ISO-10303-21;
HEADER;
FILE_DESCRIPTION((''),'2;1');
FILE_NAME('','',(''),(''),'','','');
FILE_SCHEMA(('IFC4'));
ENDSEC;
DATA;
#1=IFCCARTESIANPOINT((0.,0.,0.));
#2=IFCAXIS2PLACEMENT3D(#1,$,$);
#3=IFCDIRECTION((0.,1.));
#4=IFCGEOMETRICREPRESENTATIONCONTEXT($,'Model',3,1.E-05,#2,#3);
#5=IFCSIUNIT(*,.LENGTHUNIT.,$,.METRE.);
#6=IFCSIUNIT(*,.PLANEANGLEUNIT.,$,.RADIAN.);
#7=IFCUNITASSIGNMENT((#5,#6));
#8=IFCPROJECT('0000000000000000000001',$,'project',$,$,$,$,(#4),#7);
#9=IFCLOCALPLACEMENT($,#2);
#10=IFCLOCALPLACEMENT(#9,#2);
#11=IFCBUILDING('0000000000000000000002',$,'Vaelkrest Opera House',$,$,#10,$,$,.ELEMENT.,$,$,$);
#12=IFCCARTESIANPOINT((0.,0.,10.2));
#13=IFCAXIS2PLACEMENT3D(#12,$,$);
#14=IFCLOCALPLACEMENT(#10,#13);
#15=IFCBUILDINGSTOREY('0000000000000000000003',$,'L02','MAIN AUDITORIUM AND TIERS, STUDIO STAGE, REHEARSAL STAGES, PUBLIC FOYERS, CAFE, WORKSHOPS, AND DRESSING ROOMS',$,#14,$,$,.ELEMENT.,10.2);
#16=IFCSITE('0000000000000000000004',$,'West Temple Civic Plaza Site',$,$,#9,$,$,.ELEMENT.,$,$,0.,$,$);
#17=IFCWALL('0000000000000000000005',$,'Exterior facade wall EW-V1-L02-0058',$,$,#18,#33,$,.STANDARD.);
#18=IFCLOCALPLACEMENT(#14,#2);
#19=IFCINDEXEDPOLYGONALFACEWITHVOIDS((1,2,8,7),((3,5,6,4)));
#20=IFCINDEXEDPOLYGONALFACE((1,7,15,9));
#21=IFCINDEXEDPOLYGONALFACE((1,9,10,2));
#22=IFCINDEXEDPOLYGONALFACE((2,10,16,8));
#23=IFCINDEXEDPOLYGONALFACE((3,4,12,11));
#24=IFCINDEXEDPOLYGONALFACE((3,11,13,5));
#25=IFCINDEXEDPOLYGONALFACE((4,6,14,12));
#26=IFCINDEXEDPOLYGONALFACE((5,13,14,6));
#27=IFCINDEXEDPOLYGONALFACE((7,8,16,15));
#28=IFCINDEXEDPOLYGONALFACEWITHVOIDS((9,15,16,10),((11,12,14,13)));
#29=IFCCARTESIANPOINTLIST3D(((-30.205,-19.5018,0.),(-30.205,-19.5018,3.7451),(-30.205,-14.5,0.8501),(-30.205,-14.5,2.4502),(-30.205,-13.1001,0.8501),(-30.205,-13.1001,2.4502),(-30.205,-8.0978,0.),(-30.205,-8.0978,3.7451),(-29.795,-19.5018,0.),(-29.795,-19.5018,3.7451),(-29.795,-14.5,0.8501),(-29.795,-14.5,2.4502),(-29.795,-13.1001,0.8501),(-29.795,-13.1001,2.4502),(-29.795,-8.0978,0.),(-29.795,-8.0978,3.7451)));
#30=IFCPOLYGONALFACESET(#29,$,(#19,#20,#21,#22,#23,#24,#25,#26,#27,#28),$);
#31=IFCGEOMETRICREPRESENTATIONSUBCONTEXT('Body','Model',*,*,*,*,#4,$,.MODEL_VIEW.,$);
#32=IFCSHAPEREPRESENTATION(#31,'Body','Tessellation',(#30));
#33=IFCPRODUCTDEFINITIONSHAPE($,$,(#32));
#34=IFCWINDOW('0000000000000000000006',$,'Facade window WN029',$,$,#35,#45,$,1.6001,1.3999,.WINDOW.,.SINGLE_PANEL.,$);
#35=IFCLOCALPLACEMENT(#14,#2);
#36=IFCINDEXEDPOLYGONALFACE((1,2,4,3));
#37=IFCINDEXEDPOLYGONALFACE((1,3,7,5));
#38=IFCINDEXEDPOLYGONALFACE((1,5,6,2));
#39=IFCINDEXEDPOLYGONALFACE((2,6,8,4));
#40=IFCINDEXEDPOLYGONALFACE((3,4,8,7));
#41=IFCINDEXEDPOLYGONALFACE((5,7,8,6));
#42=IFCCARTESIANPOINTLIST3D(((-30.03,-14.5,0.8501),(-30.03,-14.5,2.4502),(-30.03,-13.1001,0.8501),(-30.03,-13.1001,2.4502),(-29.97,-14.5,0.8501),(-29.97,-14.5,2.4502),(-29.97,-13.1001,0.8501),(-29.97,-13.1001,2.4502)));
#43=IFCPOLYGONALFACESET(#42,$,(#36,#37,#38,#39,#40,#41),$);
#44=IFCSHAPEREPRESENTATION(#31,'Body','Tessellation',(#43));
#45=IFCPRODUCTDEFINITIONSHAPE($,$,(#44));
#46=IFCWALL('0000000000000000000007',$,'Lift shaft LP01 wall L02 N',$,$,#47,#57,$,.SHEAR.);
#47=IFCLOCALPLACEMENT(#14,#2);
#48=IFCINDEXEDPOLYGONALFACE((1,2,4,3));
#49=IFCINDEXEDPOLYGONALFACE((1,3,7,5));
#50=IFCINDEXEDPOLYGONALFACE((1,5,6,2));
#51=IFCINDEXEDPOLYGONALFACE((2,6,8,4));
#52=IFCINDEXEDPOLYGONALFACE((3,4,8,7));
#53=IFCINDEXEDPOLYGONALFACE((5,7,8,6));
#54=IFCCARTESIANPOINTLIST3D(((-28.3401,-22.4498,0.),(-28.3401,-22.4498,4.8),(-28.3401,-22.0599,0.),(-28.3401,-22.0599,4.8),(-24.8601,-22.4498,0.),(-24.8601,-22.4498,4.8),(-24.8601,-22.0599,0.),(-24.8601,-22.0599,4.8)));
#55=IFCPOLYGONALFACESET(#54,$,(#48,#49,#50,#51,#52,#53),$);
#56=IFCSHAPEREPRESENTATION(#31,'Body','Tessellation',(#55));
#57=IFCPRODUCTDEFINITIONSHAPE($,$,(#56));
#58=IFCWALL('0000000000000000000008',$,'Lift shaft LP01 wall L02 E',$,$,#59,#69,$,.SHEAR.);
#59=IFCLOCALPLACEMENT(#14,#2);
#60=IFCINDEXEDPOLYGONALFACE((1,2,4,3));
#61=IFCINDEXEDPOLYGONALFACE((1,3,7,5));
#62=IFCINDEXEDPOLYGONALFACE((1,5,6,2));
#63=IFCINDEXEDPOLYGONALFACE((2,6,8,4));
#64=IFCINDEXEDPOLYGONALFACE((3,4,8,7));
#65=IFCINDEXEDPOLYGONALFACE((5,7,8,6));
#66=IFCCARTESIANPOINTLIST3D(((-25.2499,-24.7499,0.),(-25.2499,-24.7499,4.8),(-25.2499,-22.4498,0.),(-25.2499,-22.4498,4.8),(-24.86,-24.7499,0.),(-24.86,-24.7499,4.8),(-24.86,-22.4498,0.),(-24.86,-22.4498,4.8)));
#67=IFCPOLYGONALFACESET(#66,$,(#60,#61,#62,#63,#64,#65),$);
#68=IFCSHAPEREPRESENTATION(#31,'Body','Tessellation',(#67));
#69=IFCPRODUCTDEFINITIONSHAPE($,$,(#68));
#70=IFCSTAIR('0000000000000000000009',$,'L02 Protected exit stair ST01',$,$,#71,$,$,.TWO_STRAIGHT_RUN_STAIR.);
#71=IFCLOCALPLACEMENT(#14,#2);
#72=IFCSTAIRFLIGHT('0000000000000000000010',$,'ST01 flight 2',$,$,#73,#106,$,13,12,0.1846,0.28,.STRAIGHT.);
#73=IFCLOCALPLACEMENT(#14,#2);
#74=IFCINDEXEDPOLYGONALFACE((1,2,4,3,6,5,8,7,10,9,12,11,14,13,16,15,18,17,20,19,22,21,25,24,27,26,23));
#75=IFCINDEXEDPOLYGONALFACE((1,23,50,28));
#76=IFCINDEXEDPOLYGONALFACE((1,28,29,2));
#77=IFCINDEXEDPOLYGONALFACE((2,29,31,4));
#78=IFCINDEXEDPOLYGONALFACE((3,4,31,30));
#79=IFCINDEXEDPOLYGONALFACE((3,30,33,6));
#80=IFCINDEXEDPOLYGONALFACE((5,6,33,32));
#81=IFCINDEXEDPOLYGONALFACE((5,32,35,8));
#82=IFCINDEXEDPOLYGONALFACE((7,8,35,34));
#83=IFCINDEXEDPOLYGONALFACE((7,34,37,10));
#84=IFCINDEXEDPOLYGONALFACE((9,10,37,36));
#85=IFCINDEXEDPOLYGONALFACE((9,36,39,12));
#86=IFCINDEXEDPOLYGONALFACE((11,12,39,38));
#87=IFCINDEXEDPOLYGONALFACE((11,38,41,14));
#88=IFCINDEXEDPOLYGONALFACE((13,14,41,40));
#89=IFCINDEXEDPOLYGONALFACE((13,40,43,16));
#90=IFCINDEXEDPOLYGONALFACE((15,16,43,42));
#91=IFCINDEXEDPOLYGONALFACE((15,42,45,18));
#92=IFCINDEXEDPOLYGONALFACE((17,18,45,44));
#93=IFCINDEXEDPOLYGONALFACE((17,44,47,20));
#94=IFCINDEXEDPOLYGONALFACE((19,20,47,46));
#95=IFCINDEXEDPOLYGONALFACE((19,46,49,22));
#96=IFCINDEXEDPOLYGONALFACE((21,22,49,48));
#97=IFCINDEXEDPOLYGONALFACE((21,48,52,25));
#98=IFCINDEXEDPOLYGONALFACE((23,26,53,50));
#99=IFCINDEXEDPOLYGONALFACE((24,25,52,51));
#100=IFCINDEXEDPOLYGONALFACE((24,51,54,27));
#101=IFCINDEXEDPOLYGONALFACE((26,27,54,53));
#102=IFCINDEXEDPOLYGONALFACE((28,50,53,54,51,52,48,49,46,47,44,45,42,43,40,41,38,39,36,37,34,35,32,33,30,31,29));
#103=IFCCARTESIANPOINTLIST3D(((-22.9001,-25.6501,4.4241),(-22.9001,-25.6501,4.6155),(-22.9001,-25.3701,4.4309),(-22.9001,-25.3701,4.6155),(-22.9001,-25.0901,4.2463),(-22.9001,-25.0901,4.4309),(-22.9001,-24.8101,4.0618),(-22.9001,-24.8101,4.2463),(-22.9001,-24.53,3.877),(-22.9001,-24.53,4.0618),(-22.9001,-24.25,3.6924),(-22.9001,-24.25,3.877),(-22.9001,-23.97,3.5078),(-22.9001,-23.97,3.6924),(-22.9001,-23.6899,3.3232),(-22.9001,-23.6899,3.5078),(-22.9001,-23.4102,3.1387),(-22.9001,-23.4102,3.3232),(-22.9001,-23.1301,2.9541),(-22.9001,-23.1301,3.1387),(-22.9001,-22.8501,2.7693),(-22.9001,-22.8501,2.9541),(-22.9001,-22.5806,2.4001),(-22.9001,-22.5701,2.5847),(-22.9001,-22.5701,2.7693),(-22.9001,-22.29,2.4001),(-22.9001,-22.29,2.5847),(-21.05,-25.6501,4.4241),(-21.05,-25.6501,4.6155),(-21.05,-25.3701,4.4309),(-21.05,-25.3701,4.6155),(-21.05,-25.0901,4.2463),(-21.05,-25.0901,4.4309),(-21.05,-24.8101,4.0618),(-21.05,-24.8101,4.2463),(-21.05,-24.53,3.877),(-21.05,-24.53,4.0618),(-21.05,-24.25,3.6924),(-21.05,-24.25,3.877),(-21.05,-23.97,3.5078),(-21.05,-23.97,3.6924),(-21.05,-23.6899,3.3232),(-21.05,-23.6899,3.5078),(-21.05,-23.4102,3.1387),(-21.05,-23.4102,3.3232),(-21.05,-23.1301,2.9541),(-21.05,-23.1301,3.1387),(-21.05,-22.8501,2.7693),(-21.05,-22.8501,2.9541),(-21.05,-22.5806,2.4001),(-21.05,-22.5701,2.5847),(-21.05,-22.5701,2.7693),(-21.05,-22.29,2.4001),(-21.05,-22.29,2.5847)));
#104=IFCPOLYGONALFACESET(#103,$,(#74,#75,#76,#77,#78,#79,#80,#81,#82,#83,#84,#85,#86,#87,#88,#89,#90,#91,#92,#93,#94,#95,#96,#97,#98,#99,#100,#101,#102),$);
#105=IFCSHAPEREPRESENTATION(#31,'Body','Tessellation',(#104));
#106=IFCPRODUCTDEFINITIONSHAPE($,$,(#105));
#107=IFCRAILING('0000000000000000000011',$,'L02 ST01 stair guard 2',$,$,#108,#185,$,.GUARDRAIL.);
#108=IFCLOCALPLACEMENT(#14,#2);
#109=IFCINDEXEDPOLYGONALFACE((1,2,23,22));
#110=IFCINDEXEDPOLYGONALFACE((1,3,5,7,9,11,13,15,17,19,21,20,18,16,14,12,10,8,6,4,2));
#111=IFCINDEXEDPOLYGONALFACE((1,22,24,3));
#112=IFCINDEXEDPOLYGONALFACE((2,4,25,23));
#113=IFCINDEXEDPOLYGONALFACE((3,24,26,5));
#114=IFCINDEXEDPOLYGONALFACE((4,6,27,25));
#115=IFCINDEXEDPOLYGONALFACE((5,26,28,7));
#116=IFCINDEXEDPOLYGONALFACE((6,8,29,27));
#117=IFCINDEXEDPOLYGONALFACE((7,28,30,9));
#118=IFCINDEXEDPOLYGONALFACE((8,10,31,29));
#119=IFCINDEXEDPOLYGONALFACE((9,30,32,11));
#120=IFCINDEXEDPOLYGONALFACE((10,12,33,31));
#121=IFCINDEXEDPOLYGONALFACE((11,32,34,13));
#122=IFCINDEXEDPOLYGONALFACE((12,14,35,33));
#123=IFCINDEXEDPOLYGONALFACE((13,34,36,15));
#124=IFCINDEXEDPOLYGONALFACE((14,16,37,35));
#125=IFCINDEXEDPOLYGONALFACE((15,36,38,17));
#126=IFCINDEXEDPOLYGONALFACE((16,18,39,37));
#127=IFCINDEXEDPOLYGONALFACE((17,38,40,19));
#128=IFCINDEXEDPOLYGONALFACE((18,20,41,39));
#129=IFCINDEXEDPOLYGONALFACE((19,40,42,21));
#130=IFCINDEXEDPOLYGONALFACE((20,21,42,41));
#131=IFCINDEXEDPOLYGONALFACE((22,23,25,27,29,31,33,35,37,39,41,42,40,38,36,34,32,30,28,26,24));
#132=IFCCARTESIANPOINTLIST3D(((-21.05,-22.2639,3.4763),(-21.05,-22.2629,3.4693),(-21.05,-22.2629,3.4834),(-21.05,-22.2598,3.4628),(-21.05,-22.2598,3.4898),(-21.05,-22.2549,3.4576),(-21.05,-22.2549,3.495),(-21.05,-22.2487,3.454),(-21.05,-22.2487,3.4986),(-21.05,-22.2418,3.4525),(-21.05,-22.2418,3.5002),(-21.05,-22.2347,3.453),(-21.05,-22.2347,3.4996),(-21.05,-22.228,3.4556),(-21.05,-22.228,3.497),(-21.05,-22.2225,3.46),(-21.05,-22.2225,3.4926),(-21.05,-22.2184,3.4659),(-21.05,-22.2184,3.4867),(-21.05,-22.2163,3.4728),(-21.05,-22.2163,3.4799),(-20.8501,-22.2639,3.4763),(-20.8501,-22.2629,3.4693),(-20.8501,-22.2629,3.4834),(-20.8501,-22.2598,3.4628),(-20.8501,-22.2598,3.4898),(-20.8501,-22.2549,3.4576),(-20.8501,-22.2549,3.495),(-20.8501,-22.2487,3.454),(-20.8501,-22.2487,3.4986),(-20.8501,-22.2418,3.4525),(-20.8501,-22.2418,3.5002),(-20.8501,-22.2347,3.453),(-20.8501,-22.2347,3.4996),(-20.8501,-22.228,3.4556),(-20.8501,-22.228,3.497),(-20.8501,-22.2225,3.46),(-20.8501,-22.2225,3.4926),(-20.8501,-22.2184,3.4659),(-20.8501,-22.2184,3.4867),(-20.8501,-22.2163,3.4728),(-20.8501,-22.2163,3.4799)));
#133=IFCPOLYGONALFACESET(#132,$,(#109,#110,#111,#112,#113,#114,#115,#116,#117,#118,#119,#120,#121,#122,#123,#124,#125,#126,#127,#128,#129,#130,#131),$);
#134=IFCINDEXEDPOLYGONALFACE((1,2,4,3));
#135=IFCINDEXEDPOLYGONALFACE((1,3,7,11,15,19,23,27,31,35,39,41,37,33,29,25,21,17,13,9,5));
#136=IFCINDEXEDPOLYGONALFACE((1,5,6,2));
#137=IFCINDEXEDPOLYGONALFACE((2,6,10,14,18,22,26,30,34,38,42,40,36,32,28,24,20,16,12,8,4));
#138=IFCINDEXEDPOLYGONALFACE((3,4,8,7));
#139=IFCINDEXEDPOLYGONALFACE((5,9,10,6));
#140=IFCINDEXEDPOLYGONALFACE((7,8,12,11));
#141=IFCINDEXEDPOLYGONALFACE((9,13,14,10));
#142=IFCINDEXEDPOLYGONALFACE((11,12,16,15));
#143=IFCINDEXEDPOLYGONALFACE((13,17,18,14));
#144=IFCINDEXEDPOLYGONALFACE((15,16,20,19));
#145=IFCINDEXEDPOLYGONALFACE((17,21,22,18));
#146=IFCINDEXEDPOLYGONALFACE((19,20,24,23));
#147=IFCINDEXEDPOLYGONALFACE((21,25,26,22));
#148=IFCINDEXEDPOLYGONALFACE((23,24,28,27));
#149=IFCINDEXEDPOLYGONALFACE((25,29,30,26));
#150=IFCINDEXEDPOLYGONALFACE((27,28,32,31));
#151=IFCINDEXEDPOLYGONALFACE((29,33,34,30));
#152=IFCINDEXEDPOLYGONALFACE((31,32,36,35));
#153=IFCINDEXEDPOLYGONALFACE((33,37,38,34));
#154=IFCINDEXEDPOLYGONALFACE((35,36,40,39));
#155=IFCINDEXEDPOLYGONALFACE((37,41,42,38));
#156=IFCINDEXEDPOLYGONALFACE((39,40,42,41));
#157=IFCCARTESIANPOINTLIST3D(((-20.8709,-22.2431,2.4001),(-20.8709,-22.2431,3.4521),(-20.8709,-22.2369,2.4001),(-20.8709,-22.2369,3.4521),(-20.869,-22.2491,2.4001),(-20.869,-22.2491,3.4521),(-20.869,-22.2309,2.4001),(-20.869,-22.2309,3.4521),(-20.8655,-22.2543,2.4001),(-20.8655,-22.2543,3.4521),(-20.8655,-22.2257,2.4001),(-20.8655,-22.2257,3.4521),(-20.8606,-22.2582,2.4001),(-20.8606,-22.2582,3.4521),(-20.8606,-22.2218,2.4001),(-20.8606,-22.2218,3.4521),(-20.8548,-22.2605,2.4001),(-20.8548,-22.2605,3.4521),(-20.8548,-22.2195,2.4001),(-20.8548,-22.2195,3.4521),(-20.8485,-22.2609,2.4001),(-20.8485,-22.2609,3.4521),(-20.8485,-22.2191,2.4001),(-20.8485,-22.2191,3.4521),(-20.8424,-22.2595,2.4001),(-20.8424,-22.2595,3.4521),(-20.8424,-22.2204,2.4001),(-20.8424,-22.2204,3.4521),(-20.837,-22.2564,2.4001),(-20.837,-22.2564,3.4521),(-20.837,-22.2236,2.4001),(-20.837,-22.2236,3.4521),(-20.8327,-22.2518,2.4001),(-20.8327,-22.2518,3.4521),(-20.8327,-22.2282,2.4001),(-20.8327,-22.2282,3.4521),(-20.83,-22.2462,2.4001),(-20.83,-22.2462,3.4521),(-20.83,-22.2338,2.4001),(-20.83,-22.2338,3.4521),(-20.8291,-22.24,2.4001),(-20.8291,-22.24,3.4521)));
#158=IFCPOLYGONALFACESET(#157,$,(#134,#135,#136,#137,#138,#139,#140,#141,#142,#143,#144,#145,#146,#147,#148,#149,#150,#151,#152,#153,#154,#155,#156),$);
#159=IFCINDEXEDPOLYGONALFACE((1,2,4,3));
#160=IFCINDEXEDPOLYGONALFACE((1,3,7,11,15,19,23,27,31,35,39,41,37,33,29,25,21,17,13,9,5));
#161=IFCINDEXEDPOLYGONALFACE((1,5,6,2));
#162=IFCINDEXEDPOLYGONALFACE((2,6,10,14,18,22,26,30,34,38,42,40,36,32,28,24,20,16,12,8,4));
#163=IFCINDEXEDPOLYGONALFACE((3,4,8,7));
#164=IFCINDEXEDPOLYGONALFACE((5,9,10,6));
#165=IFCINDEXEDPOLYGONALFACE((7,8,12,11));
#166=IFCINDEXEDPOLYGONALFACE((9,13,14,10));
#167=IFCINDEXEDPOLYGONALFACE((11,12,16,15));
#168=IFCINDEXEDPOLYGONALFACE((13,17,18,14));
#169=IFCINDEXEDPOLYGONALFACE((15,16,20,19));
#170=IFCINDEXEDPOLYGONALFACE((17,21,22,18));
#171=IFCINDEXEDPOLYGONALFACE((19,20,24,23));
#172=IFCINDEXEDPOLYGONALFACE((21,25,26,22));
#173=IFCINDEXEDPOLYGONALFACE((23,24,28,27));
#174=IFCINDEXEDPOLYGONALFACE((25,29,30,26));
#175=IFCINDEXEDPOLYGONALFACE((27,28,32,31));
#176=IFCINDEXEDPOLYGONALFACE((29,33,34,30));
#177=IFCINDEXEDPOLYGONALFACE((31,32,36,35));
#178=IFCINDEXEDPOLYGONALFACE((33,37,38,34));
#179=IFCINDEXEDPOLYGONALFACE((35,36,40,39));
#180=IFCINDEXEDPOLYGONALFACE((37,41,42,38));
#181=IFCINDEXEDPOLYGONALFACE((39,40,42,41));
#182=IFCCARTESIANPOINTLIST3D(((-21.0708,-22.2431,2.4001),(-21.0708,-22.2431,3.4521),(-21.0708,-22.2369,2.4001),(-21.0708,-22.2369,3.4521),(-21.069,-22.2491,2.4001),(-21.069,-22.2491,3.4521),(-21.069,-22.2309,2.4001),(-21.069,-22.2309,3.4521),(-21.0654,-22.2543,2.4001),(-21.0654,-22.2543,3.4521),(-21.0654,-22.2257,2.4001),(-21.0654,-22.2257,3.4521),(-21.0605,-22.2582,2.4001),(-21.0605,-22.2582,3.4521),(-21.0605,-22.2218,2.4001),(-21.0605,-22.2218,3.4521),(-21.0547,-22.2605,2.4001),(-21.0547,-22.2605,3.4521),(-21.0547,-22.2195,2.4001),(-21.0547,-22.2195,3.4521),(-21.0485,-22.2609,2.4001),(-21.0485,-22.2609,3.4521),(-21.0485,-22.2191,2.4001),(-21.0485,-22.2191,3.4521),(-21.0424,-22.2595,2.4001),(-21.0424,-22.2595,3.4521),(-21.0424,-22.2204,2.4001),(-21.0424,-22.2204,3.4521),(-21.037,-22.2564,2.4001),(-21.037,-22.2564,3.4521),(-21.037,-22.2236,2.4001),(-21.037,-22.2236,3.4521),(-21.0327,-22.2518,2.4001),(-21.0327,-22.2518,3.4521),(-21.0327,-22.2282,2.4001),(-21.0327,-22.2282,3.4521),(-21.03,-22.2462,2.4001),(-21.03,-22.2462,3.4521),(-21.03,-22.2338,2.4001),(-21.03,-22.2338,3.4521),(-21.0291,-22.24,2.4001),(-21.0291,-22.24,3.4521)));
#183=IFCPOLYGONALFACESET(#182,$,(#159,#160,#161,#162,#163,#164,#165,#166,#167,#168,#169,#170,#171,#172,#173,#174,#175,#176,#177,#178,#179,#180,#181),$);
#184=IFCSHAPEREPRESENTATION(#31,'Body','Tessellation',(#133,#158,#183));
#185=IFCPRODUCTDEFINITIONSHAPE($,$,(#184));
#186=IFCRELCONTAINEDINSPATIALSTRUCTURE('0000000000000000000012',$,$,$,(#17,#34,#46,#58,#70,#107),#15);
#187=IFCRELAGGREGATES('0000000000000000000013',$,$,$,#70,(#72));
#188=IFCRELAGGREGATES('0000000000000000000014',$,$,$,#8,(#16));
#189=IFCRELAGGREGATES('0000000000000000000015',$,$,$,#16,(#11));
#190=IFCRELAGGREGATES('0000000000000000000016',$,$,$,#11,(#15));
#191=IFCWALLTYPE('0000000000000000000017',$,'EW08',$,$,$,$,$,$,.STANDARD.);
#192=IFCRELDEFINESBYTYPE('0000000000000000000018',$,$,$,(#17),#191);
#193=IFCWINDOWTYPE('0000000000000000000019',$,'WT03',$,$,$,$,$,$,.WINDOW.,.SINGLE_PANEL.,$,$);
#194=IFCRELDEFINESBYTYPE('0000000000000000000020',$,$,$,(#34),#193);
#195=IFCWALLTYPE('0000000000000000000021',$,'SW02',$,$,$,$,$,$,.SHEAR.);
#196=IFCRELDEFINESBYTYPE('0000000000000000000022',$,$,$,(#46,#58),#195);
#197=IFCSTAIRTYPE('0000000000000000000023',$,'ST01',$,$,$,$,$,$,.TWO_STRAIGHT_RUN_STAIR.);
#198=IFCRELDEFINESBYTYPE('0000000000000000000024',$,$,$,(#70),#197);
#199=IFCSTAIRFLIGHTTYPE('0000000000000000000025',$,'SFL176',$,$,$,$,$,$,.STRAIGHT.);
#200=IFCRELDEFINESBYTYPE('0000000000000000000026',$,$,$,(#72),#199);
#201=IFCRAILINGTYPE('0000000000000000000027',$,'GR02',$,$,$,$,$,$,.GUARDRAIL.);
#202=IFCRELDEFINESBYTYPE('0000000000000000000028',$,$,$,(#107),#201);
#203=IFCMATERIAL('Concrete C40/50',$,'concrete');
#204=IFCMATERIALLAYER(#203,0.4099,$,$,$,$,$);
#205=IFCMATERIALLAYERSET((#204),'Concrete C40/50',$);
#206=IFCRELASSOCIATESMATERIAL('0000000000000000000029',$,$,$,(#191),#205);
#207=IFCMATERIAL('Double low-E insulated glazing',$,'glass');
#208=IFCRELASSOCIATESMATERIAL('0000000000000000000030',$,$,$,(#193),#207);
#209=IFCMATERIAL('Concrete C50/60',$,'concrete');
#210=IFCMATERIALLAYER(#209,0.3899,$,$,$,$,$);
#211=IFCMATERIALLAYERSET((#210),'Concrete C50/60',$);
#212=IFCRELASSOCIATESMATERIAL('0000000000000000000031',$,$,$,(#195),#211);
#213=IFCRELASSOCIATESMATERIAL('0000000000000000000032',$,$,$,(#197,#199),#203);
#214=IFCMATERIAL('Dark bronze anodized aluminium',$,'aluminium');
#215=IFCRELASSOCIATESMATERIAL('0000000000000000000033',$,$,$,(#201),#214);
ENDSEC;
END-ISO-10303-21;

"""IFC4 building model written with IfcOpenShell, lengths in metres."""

from ifc_helpers import new_model, si_unit, direction, frame, frame_2d, origin, origin_2d, place, context, subcontext, project, spatial, polyline, rectangle, circle, outline, extrude, material, layer, layer_set, type_object, element, fill, aggregate, save


model = new_model("IFC4")

# Units and contexts
model_context = context("Model", 3, precision=1e-05, world=origin(), true_north=direction((0.0, 1.0)))
body_context = subcontext(model_context, "Body", "Model", "MODEL_VIEW")
ifc_project = project(units=[si_unit("LENGTHUNIT", "METRE"), si_unit("PLANEANGLEUNIT", "RADIAN")], contexts=[model_context])

# Site, building, storey
site_placement = place(None, origin())
site = spatial("IfcSite", under=ifc_project, at=site_placement, Name="West Temple Civic Plaza Site", CompositionType="ELEMENT", RefElevation=0.0)
building_placement = place(site_placement, origin())
building = spatial("IfcBuilding", under=site, at=building_placement, Name="Vaelkrest Opera House", CompositionType="ELEMENT")
storey_placement = place(building_placement, frame((0.0, 0.0, 10.2)))
storey = spatial("IfcBuildingStorey", under=building, at=storey_placement, Name="L02", Description="MAIN AUDITORIUM AND TIERS, STUDIO STAGE, REHEARSAL STAGES, PUBLIC FOYERS, CAFE, WORKSHOPS, AND DRESSING ROOMS", CompositionType="ELEMENT", Elevation=10.2)

# Shared definitions
ifc_material_1 = material(Name="Concrete C50/60", Category="concrete")

# Shared definitions
ifc_material_2 = material(Name="Dark bronze anodized aluminium", Category="aluminium")

# Wall, opening, window
ifc_material_3 = material(Name="Concrete C40/50", Category="concrete")
ifc_layer_1 = layer(ifc_material_3, 0.4099)
ifc_layer_set_1 = layer_set([ifc_layer_1], Name="Concrete C40/50")
wall_type_1 = type_object("IfcWallType", Name="EW08", PredefinedType="STANDARD", material=ifc_layer_set_1)
wall_1_placement = place(storey_placement, frame((-30.0, -19.502, 0.0), z_axis=(0.0, 0.0, 1.0), x_axis=(0.0, 1.0, 0.0)))
wall_1 = element("IfcWall", 1, at=wall_1_placement, inside=storey, type_object=wall_type_1, Name="Exterior facade wall EW-V1-L02-0058", PredefinedType="STANDARD", context=body_context, shape_type="SweptSolid", body=[
    extrude(rectangle(XDim=11.4041, YDim=0.4099, at=frame_2d((5.7021, 0.0))), origin(), (0.0, 0.0, 1.0), 3.7451),
])
opening_placement = place(wall_1_placement, frame((5.002, 0.0, 0.8501)))
opening = element("IfcOpeningElement", 2, at=opening_placement, cuts=wall_1, PredefinedType="OPENING", context=body_context, shape_type="SweptSolid", body=[
    extrude(rectangle(XDim=1.3999, YDim=1.6001, at=frame_2d((0.7, 0.8))), frame((0.0, 0.2148, 0.0), z_axis=(0.0, -1.0, 0.0), x_axis=(1.0, 0.0, 0.0)), (0.0, 0.0, 1.0), 0.4299),
])
ifc_material_4 = material(Name="Double low-E insulated glazing", Category="glass")
window_type = type_object("IfcWindowType", Name="WT03", PartitioningType="SINGLE_PANEL", PredefinedType="WINDOW", material=ifc_material_4)
window_placement = place(opening_placement, origin())
window = element("IfcWindow", 3, at=window_placement, inside=storey, type_object=window_type, Name="Facade window WN029", OverallHeight=1.6001, OverallWidth=1.3999, PartitioningType="SINGLE_PANEL", PredefinedType="WINDOW", context=body_context, shape_type="SweptSolid", body=[
    extrude(rectangle(XDim=1.3999, YDim=1.6001, at=frame_2d((0.7, 0.8))), frame((0.0, 0.03, 0.0), z_axis=(0.0, -1.0, 0.0), x_axis=(1.0, 0.0, 0.0)), (0.0, 0.0, 1.0), 0.0601),
])
fill(opening, window)

# Walls
ifc_layer_2 = layer(ifc_material_1, 0.3899)
ifc_layer_set_2 = layer_set([ifc_layer_2], Name="Concrete C50/60")
wall_type_2 = type_object("IfcWallType", Name="SW02", PredefinedType="SHEAR", material=ifc_layer_set_2)
wall_2_placement = place(storey_placement, frame((-28.3401, -22.2549, 0.0), z_axis=(0.0, 0.0, 1.0), x_axis=(1.0, 0.0, 0.0)))
element("IfcWall", 4, at=wall_2_placement, inside=storey, type_object=wall_type_2, Name="Lift shaft LP01 wall L02 N", PredefinedType="SHEAR", context=body_context, shape_type="SweptSolid", body=[
    extrude(rectangle(XDim=3.48, YDim=0.3899, at=frame_2d((1.74, 0.0))), origin(), (0.0, 0.0, 1.0), 4.8),
])
wall_3_placement = place(storey_placement, frame((-25.0549, -22.45, 0.0), z_axis=(0.0, 0.0, 1.0), x_axis=(0.0, -1.0, 0.0)))
element("IfcWall", 5, at=wall_3_placement, inside=storey, type_object=wall_type_2, Name="Lift shaft LP01 wall L02 E", PredefinedType="SHEAR", context=body_context, shape_type="SweptSolid", body=[
    extrude(rectangle(XDim=2.3, YDim=0.3899, at=frame_2d((1.1499, 0.0))), origin(), (0.0, 0.0, 1.0), 4.8),
])

# Stair, stair flight
stair_type = type_object("IfcStairType", Name="ST01", PredefinedType="TWO_STRAIGHT_RUN_STAIR", material=ifc_material_3)
stair_placement = place(storey_placement, origin())
stair = element("IfcStair", 6, at=stair_placement, inside=storey, type_object=stair_type, Name="L02 Protected exit stair ST01", PredefinedType="TWO_STRAIGHT_RUN_STAIR")
stair_flight_type = type_object("IfcStairFlightType", Name="SFL176", PredefinedType="STRAIGHT", material=ifc_material_3)
stair_flight_placement = place(storey_placement, frame((-21.9751, -22.29, 2.4001), z_axis=(0.0, 0.0, 1.0), x_axis=(0.0, -1.0, 0.0)))
stair_flight = element("IfcStairFlight", 7, at=stair_flight_placement, type_object=stair_flight_type, Name="ST01 flight 2", NumberOfRisers=13, NumberOfTreads=12, PredefinedType="STRAIGHT", RiserHeight=0.1846, TreadLength=0.28, context=body_context, shape_type="SweptSolid", body=[
    extrude(outline(polyline([(0.0, 0.0), (0.0, 0.1846), (0.28, 0.1846), (0.28, 0.3691), (0.5601, 0.3691), (0.5601, 0.554), (0.8401, 0.554), (0.8401, 0.7385), (1.1201, 0.7385), (1.1201, 0.9231), (1.3999, 0.9231), (1.3999, 1.1077), (1.6799, 1.1077), (1.6799, 1.2922), (1.96, 1.2922), (1.96, 1.4768), (2.24, 1.4768), (2.24, 1.6616), (2.52, 1.6616), (2.52, 1.8462), (2.8, 1.8462), (2.8, 2.0308), (3.0801, 2.0308), (3.0801, 2.2153), (3.3601, 2.2153), (3.3601, 2.3999), (3.3601, 2.0239), (0.2905, 0.0), (0.0, 0.0)])), frame((0.0, 0.925, 0.0), z_axis=(0.0, -1.0, 0.0), x_axis=(1.0, 0.0, 0.0)), (0.0, 0.0, 1.0), 1.8501),
])
aggregate(stair, [stair_flight])

# Railing
railing_type_1 = type_object("IfcRailingType", Name="GR02", PredefinedType="GUARDRAIL", material=ifc_material_2)
railing_1_placement = place(storey_placement, frame((-20.8501, -22.24, 2.4001)))
element("IfcRailing", 8, at=railing_1_placement, inside=storey, type_object=railing_type_1, Name="L02 ST01 stair guard 2", PredefinedType="GUARDRAIL", context=body_context, shape_type="SweptSolid", body=[
    extrude(circle(Radius=0.0239, at=origin_2d()), frame((0.0, 0.0, 1.0762), z_axis=(-1.0, 0.0, 0.0), x_axis=(0.0, -1.0, 0.0)), (0.0, 0.0, 1.0), 0.2),
    extrude(circle(Radius=0.021, at=origin_2d()), origin(), (0.0, 0.0, 1.0), 1.052),
    extrude(circle(Radius=0.021, at=origin_2d()), frame((-0.2, 0.0, 0.0)), (0.0, 0.0, 1.0), 1.052),
])

save(model, "model.ifc")
